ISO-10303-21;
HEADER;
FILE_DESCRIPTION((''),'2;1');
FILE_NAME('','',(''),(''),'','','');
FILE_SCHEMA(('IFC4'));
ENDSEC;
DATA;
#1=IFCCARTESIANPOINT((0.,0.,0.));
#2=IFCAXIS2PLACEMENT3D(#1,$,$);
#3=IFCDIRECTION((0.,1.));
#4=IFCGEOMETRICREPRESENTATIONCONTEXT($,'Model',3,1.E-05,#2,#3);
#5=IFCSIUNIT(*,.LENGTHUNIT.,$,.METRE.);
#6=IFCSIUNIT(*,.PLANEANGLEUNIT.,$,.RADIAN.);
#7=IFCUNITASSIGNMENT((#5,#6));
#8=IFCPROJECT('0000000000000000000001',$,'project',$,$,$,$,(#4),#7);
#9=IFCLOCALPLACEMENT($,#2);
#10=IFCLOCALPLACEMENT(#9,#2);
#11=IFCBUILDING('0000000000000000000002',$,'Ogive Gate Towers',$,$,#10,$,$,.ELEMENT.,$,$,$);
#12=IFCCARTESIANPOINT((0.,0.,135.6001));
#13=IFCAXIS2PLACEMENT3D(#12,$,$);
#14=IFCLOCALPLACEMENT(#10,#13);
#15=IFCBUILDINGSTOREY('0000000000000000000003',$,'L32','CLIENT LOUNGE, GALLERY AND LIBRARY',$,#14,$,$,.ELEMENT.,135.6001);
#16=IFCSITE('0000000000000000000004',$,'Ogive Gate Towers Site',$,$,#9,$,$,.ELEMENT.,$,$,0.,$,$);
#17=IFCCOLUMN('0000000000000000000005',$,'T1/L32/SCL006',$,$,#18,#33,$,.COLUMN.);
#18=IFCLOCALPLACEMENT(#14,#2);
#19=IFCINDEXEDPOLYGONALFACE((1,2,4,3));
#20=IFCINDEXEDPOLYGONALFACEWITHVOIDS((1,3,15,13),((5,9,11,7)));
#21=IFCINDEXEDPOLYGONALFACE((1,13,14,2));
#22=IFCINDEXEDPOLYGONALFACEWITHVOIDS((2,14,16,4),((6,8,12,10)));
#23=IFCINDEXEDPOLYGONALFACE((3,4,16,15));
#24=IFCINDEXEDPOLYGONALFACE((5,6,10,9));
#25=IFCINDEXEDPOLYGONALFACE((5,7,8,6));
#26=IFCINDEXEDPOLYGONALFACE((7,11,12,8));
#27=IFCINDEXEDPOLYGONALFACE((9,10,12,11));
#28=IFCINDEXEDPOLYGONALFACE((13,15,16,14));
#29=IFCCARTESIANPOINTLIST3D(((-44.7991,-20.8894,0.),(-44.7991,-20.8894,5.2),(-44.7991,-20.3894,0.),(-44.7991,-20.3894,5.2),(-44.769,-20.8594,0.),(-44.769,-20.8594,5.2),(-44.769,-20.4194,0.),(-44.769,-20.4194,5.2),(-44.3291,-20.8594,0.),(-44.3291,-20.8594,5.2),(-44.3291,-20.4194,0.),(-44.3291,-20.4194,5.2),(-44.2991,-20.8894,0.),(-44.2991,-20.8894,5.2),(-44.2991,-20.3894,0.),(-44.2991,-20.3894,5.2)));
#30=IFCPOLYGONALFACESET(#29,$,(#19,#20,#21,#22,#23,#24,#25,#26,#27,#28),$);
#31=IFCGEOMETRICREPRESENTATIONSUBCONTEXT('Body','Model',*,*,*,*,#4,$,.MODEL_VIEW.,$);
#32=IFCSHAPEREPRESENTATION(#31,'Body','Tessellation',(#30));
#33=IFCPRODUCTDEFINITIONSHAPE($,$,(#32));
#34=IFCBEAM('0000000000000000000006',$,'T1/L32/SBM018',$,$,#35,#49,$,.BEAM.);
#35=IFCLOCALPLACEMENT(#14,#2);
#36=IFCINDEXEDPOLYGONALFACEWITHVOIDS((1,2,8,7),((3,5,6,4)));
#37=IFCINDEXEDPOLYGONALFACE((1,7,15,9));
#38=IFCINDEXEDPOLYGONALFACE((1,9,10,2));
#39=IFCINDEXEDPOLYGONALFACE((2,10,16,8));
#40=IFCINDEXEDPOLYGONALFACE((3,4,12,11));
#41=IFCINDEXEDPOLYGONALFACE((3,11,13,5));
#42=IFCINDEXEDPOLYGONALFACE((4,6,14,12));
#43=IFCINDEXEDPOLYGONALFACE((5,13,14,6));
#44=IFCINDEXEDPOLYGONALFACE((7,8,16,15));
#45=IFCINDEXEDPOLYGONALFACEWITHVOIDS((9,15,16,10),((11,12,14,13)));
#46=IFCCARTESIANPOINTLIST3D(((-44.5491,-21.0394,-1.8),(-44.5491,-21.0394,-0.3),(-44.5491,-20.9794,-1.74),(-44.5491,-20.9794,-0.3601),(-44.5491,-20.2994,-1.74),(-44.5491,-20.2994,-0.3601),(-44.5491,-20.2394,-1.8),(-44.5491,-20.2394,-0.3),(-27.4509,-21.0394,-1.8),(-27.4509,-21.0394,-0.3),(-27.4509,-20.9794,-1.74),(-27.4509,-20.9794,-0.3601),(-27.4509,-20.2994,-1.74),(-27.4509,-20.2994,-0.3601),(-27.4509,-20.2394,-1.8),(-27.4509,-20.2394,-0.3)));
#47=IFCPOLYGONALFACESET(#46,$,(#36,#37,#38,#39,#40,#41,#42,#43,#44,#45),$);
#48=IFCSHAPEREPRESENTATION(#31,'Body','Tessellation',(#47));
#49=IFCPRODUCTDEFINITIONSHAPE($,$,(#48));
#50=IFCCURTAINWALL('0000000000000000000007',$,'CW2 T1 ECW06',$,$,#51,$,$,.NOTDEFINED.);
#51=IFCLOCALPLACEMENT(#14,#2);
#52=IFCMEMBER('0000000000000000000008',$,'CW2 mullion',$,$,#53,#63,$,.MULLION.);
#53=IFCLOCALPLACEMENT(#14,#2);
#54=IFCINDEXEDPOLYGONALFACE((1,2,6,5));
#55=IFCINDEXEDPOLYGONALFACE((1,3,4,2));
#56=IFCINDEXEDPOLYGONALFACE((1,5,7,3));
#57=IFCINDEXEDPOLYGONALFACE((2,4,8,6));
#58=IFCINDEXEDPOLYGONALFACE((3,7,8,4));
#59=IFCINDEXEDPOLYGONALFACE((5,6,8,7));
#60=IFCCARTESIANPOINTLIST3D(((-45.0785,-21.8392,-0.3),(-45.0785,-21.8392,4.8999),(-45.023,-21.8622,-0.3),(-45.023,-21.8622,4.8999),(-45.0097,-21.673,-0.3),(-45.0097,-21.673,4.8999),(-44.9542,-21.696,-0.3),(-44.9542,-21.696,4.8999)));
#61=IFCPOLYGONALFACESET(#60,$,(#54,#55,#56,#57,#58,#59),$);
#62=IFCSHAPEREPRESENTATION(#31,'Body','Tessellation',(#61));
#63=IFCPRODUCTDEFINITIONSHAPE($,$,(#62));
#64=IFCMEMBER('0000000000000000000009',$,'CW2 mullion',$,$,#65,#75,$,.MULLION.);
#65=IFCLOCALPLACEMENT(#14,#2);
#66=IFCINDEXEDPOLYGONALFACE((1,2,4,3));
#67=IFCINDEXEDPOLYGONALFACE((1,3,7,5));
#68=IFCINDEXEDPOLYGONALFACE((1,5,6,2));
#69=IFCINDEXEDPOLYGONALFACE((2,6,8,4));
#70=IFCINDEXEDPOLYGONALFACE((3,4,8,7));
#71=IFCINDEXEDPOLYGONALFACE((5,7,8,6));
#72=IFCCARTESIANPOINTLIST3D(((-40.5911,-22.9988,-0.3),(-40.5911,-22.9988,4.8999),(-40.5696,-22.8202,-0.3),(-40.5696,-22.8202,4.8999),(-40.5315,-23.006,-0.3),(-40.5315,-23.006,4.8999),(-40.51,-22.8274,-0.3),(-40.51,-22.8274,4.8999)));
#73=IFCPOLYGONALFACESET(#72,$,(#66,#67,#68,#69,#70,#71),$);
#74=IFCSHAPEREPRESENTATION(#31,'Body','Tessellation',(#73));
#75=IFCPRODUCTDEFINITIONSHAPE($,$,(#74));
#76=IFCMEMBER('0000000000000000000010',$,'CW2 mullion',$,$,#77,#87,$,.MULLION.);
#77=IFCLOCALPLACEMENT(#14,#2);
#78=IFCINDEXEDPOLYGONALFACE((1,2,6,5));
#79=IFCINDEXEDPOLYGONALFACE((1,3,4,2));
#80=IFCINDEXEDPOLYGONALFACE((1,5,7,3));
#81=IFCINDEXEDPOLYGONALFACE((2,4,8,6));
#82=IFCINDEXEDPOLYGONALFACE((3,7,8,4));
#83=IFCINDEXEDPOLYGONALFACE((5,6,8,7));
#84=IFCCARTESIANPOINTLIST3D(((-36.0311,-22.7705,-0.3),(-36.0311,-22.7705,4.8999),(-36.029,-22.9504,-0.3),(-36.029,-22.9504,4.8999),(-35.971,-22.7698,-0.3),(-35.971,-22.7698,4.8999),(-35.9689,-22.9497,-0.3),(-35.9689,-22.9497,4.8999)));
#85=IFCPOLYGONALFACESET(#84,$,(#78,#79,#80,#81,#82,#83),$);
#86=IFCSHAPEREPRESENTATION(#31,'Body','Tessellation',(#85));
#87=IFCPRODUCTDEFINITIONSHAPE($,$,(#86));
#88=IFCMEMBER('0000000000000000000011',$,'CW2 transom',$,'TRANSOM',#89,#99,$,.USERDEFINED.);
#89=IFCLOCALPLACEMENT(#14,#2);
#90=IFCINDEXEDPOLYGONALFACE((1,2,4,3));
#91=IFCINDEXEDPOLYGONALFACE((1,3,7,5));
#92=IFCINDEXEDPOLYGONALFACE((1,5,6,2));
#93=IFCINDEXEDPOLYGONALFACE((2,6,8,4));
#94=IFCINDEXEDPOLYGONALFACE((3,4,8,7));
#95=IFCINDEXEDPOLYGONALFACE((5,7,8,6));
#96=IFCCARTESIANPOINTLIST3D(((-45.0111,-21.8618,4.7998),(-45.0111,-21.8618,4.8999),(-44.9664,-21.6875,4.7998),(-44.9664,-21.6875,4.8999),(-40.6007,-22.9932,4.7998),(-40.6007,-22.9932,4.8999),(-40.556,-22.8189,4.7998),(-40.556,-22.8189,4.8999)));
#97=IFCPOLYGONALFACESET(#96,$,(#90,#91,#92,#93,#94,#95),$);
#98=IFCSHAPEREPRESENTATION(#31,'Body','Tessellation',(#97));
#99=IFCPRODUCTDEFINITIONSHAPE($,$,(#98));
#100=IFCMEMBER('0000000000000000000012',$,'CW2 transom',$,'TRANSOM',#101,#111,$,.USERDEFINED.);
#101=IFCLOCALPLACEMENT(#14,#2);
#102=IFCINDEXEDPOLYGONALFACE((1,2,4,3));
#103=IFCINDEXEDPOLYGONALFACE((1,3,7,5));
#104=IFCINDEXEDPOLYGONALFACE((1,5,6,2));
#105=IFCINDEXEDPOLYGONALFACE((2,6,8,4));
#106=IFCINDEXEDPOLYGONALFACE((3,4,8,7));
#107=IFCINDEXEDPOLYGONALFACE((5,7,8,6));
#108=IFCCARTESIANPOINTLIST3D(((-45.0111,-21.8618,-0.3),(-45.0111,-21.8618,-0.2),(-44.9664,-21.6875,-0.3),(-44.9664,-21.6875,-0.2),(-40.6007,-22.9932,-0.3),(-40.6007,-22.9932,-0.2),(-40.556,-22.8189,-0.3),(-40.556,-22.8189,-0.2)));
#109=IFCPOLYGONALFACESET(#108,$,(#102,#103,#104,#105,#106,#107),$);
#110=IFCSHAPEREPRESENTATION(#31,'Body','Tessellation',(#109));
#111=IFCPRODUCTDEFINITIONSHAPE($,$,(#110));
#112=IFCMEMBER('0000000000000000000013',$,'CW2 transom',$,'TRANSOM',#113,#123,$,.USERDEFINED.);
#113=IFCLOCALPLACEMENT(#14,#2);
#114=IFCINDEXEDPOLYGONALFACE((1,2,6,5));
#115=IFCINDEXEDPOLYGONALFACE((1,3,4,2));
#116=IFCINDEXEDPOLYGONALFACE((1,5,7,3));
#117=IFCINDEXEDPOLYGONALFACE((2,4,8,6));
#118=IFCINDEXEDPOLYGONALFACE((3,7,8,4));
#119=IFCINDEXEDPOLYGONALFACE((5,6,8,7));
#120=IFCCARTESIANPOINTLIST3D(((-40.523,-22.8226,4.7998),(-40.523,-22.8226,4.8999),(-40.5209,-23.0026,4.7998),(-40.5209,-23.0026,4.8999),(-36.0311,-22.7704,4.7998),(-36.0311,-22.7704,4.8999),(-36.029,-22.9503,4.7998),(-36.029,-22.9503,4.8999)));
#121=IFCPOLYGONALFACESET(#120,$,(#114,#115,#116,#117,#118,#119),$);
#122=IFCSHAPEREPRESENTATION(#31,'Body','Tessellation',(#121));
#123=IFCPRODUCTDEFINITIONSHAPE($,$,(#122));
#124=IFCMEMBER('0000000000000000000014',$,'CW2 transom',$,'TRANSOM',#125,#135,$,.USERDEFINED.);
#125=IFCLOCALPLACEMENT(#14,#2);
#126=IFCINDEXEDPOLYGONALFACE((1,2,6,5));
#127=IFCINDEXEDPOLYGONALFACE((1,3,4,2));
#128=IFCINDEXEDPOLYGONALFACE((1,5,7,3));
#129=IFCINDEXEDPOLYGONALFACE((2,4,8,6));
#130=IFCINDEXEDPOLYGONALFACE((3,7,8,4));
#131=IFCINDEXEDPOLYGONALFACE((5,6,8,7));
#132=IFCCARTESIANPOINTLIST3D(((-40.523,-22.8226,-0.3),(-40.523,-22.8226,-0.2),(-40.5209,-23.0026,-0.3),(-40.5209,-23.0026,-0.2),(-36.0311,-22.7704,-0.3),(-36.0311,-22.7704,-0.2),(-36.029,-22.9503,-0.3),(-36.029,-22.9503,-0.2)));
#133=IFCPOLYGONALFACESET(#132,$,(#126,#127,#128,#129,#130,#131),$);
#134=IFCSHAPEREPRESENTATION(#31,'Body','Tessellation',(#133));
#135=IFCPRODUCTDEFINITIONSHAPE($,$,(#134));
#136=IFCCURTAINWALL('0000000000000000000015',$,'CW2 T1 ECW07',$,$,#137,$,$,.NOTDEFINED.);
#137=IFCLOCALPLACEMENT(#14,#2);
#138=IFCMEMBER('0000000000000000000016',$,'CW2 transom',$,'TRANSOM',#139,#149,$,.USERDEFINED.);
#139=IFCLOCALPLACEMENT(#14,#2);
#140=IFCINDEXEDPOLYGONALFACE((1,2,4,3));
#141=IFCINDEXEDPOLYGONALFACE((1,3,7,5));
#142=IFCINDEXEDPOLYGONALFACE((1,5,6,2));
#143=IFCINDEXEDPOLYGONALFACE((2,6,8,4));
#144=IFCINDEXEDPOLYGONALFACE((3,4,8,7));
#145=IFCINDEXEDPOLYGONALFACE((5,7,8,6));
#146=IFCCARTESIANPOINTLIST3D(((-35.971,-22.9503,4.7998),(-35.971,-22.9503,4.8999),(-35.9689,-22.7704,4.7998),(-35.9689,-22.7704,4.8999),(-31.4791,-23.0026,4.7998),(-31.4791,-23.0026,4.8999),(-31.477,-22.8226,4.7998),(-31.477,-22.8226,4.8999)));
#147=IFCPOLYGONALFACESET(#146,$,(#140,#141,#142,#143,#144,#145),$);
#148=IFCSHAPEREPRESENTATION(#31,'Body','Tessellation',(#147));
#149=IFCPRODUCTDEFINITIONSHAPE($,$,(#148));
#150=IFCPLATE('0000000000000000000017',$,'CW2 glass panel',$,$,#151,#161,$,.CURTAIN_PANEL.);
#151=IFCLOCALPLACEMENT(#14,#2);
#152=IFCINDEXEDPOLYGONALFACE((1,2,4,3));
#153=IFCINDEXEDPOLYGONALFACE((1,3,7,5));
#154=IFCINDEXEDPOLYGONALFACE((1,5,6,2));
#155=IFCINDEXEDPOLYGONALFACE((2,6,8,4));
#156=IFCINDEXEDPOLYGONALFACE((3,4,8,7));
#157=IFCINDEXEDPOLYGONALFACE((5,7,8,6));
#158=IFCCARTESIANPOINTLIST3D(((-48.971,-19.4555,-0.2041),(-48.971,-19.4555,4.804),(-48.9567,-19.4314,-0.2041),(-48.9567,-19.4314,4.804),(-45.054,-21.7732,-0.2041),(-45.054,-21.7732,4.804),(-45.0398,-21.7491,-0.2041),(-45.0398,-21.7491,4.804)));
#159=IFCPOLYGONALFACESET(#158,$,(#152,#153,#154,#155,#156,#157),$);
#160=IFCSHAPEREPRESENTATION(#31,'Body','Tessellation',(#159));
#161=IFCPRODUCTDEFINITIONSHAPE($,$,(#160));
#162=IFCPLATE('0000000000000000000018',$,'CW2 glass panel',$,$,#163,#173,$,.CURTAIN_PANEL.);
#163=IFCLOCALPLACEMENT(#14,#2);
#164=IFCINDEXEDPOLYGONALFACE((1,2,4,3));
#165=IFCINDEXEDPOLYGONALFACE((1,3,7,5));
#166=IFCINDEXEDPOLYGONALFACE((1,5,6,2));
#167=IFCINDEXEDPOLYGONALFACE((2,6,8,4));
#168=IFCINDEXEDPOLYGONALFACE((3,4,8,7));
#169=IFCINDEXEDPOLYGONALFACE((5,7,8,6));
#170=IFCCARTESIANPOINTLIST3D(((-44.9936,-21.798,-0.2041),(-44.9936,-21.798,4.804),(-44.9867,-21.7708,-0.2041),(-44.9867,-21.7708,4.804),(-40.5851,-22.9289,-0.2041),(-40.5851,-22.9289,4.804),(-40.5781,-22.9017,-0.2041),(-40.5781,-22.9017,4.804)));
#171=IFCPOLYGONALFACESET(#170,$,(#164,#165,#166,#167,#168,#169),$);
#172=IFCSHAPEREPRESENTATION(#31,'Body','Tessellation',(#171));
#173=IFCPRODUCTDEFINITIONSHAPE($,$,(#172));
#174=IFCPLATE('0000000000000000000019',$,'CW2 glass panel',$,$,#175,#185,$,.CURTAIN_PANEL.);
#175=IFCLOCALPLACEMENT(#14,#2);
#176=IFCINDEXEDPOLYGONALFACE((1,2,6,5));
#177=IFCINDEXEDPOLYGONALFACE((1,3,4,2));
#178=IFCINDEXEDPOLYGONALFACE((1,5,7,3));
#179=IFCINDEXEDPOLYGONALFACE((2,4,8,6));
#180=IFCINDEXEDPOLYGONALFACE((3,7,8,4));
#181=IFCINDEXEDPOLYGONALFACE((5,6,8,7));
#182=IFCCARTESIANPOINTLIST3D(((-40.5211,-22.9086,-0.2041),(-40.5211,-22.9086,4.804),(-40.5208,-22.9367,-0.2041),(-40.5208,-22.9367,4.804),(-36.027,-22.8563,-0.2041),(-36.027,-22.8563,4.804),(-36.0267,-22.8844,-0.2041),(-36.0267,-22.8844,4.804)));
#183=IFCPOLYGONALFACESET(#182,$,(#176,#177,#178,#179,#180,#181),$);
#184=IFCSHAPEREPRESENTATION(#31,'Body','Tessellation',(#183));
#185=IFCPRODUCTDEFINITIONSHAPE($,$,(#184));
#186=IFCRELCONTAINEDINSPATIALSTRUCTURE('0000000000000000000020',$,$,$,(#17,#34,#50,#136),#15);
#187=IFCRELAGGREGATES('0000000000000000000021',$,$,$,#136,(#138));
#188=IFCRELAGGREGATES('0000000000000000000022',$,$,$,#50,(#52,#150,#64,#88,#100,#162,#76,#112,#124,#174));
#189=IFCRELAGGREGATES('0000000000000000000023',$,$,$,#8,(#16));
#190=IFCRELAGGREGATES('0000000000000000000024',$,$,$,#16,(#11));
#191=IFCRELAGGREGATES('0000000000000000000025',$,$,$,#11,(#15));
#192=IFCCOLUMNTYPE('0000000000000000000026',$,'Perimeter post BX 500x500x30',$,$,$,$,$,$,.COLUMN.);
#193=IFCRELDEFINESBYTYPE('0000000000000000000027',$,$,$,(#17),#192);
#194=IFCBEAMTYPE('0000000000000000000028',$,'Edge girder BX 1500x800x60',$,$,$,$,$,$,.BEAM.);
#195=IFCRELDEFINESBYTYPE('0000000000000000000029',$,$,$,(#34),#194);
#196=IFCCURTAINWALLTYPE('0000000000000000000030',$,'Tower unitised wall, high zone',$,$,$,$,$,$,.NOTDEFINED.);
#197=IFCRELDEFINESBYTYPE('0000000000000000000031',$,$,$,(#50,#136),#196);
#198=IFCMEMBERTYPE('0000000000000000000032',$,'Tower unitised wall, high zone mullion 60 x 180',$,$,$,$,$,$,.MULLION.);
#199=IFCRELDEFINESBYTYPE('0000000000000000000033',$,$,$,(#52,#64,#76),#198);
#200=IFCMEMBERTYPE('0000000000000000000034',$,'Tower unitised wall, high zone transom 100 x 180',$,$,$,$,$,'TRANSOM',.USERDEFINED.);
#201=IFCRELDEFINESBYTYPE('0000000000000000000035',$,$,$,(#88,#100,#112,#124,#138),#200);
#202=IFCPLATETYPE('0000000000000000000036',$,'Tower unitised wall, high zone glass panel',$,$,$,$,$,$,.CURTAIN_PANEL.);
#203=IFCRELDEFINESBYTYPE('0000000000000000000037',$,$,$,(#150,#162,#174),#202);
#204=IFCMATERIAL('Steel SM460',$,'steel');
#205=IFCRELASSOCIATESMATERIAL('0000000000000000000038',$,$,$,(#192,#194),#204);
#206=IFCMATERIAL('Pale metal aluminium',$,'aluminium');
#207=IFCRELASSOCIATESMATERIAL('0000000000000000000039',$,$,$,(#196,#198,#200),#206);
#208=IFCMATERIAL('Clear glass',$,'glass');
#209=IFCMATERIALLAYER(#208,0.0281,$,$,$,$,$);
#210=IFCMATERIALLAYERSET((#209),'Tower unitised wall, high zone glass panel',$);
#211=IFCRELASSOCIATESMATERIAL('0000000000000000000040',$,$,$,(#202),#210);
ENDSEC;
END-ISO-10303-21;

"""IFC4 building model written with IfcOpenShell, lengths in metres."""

from ifc_helpers import new_model, si_unit, direction, frame, origin, origin_2d, place, context, subcontext, project, spatial, rectangle, hollow_rectangle, extrude, material, layer, layer_set, material_profile, profile_set, type_object, element, aggregate, save


model = new_model("IFC4")

# Units and contexts
model_context = context("Model", 3, precision=1e-05, world=origin(), true_north=direction((0.0, 1.0)))
body_context = subcontext(model_context, "Body", "Model", "MODEL_VIEW")
ifc_project = project(units=[si_unit("LENGTHUNIT", "METRE"), si_unit("PLANEANGLEUNIT", "RADIAN")], contexts=[model_context])

# Site, building, storey
site_placement = place(None, origin())
site = spatial("IfcSite", under=ifc_project, at=site_placement, Name="Ogive Gate Towers Site", CompositionType="ELEMENT", RefElevation=0.0)
building_placement = place(site_placement, origin())
building = spatial("IfcBuilding", under=site, at=building_placement, Name="Ogive Gate Towers", CompositionType="ELEMENT")
storey_placement = place(building_placement, frame((0.0, 0.0, 135.6001)))
storey = spatial("IfcBuildingStorey", under=building, at=storey_placement, Name="L32", Description="CLIENT LOUNGE, GALLERY AND LIBRARY", CompositionType="ELEMENT", Elevation=135.6001)

# Column
ifc_material_1 = material(Name="Steel SM460", Category="steel")
ifc_material_profile_1 = material_profile(ifc_material_1, hollow_rectangle(XDim=0.5, YDim=0.5, WallThickness=0.03, at=origin_2d()), Name="BX 500x500x30")
ifc_profile_set_1 = profile_set([ifc_material_profile_1], Name="Steel SM460")
column_type = type_object("IfcColumnType", Name="Perimeter post BX 500x500x30", PredefinedType="COLUMN", material=ifc_profile_set_1)
column_placement = place(storey_placement, frame((-44.5491, -20.6394, 0.0), z_axis=(0.0, 0.0, 1.0), x_axis=(1.0, 0.0, 0.0)))
element("IfcColumn", 1, at=column_placement, inside=storey, type_object=column_type, Name="T1/L32/SCL006", PredefinedType="COLUMN", context=body_context, shape_type="SweptSolid", body=[
    extrude(hollow_rectangle(XDim=0.5, YDim=0.5, WallThickness=0.03, at=origin_2d()), origin(), (0.0, 0.0, 1.0), 5.2),
])

# Beam
ifc_material_profile_2 = material_profile(ifc_material_1, hollow_rectangle(XDim=0.8, YDim=1.5, WallThickness=0.0601, at=origin_2d()), Name="BX 1500x800x60")
ifc_profile_set_2 = profile_set([ifc_material_profile_2], Name="Steel SM460")
beam_type = type_object("IfcBeamType", Name="Edge girder BX 1500x800x60", PredefinedType="BEAM", material=ifc_profile_set_2)
beam_placement = place(storey_placement, frame((-44.5491, -20.6394, -1.05), z_axis=(1.0, 0.0, 0.0), x_axis=(0.0, 1.0, 0.0)))
element("IfcBeam", 2, at=beam_placement, inside=storey, type_object=beam_type, Name="T1/L32/SBM018", PredefinedType="BEAM", context=body_context, shape_type="SweptSolid", body=[
    extrude(hollow_rectangle(XDim=0.8, YDim=1.5, WallThickness=0.0601, at=origin_2d()), origin(), (0.0, 0.0, 1.0), 17.0981),
])

# Curtain wall, members
ifc_material_2 = material(Name="Pale metal aluminium", Category="aluminium")
curtain_wall_type = type_object("IfcCurtainWallType", Name="Tower unitised wall, high zone", PredefinedType="NOTDEFINED", material=ifc_material_2)
curtain_wall_1_placement = place(storey_placement, origin())
curtain_wall_1 = element("IfcCurtainWall", 3, at=curtain_wall_1_placement, inside=storey, type_object=curtain_wall_type, Name="CW2 T1 ECW06", PredefinedType="NOTDEFINED")
ifc_material_profile_3 = material_profile(ifc_material_2, rectangle(XDim=0.1799, YDim=0.0601, at=origin_2d()), Name="60 x 180 aluminium box")
ifc_profile_set_3 = profile_set([ifc_material_profile_3], Name="Pale metal aluminium")
member_type_1 = type_object("IfcMemberType", Name="Tower unitised wall, high zone mullion 60 x 180", PredefinedType="MULLION", material=ifc_profile_set_3)
member_1_placement = place(storey_placement, frame((-45.0164, -21.7676, -0.3), z_axis=(0.0, 0.0, 1.0), x_axis=(-0.382683, -0.92388, 0.0)))
member_1 = element("IfcMember", 4, at=member_1_placement, type_object=member_type_1, Name="CW2 mullion", PredefinedType="MULLION", context=body_context, shape_type="SweptSolid", body=[
    extrude(rectangle(XDim=0.1799, YDim=0.0601, at=origin_2d()), origin(), (0.0, 0.0, 1.0), 5.2),
])
member_2_placement = place(storey_placement, frame((-40.5505, -22.9131, -0.3), z_axis=(0.0, 0.0, 1.0), x_axis=(-0.119444, -0.992841, 0.0)))
member_2 = element("IfcMember", 5, at=member_2_placement, type_object=member_type_1, Name="CW2 mullion", PredefinedType="MULLION", context=body_context, shape_type="SweptSolid", body=[
    extrude(rectangle(XDim=0.1799, YDim=0.0601, at=origin_2d()), origin(), (0.0, 0.0, 1.0), 5.2),
])
member_3_placement = place(storey_placement, frame((-36.0, -22.8601, -0.3), z_axis=(0.0, 0.0, 1.0), x_axis=(0.011641, -0.999932, 0.0)))
member_3 = element("IfcMember", 6, at=member_3_placement, type_object=member_type_1, Name="CW2 mullion", PredefinedType="MULLION", context=body_context, shape_type="SweptSolid", body=[
    extrude(rectangle(XDim=0.1799, YDim=0.0601, at=origin_2d()), origin(), (0.0, 0.0, 1.0), 5.2),
])
ifc_material_profile_4 = material_profile(ifc_material_2, rectangle(XDim=0.1799, YDim=0.1001, at=origin_2d()), Name="100 x 180 aluminium box")
ifc_profile_set_4 = profile_set([ifc_material_profile_4], Name="Pale metal aluminium")
member_type_2 = type_object("IfcMemberType", Name="Tower unitised wall, high zone transom 100 x 180", ElementType="TRANSOM", PredefinedType="USERDEFINED", material=ifc_profile_set_4)
member_4_placement = place(storey_placement, frame((-44.9888, -21.7747, 4.8499), z_axis=(0.968639, -0.248473, 0.0), x_axis=(0.248473, 0.968639, 0.0)))
member_4 = element("IfcMember", 7, at=member_4_placement, type_object=member_type_2, Name="CW2 transom", ObjectType="TRANSOM", PredefinedType="USERDEFINED", context=body_context, shape_type="SweptSolid", body=[
    extrude(rectangle(XDim=0.1799, YDim=0.1001, at=origin_2d()), origin(), (0.0, 0.0, 1.0), 4.5532),
])
member_5_placement = place(storey_placement, frame((-44.9888, -21.7747, -0.25), z_axis=(0.968639, -0.248473, 0.0), x_axis=(0.248473, 0.968639, 0.0)))
member_5 = element("IfcMember", 8, at=member_5_placement, type_object=member_type_2, Name="CW2 transom", ObjectType="TRANSOM", PredefinedType="USERDEFINED", context=body_context, shape_type="SweptSolid", body=[
    extrude(rectangle(XDim=0.1799, YDim=0.1001, at=origin_2d()), origin(), (0.0, 0.0, 1.0), 4.5532),
])
member_6_placement = place(storey_placement, frame((-40.522, -22.9126, 4.8499), z_axis=(0.999932, 0.01163, 0.0), x_axis=(-0.01163, 0.999932, 0.0)))
member_6 = element("IfcMember", 9, at=member_6_placement, type_object=member_type_2, Name="CW2 transom", ObjectType="TRANSOM", PredefinedType="USERDEFINED", context=body_context, shape_type="SweptSolid", body=[
    extrude(rectangle(XDim=0.1799, YDim=0.1001, at=origin_2d()), origin(), (0.0, 0.0, 1.0), 4.4922),
])
member_7_placement = place(storey_placement, frame((-40.522, -22.9126, -0.25), z_axis=(0.999932, 0.01163, 0.0), x_axis=(-0.01163, 0.999932, 0.0)))
member_7 = element("IfcMember", 10, at=member_7_placement, type_object=member_type_2, Name="CW2 transom", ObjectType="TRANSOM", PredefinedType="USERDEFINED", context=body_context, shape_type="SweptSolid", body=[
    extrude(rectangle(XDim=0.1799, YDim=0.1001, at=origin_2d()), origin(), (0.0, 0.0, 1.0), 4.4922),
])

# Curtain wall, member
curtain_wall_2_placement = place(storey_placement, origin())
curtain_wall_2 = element("IfcCurtainWall", 11, at=curtain_wall_2_placement, inside=storey, type_object=curtain_wall_type, Name="CW2 T1 ECW07", PredefinedType="NOTDEFINED")
member_8_placement = place(storey_placement, frame((-35.97, -22.8604, 4.8499), z_axis=(0.999932, -0.01163, 0.0), x_axis=(0.01163, 0.999932, 0.0)))
member_8 = element("IfcMember", 12, at=member_8_placement, type_object=member_type_2, Name="CW2 transom", ObjectType="TRANSOM", PredefinedType="USERDEFINED", context=body_context, shape_type="SweptSolid", body=[
    extrude(rectangle(XDim=0.1799, YDim=0.1001, at=origin_2d()), origin(), (0.0, 0.0, 1.0), 4.4922),
])
aggregate(curtain_wall_2, [member_8])

# Plates
ifc_material_3 = material(Name="Clear glass", Category="glass")
ifc_layer_1 = layer(ifc_material_3, 0.0281)
ifc_layer_set_1 = layer_set([ifc_layer_1], Name="Tower unitised wall, high zone glass panel")
plate_type = type_object("IfcPlateType", Name="Tower unitised wall, high zone glass panel", PredefinedType="CURTAIN_PANEL", material=ifc_layer_set_1)
plate_1_placement = place(storey_placement, frame((-47.0054, -20.6023, -0.2041), z_axis=(0.0, 0.0, 1.0), x_axis=(0.860627, -0.509237, 0.0)))
plate_1 = element("IfcPlate", 13, at=plate_1_placement, type_object=plate_type, Name="CW2 glass panel", PredefinedType="CURTAIN_PANEL", context=body_context, shape_type="SweptSolid", body=[
    extrude(rectangle(XDim=4.5513, YDim=0.0281, at=origin_2d()), origin(), (0.0, 0.0, 1.0), 5.0081),
])
plate_2_placement = place(storey_placement, frame((-42.7859, -22.3499, -0.2041), z_axis=(0.0, 0.0, 1.0), x_axis=(0.96864, -0.24847, 0.0)))
plate_2 = element("IfcPlate", 14, at=plate_2_placement, type_object=plate_type, Name="CW2 glass panel", PredefinedType="CURTAIN_PANEL", context=body_context, shape_type="SweptSolid", body=[
    extrude(rectangle(XDim=4.5513, YDim=0.0281, at=origin_2d()), origin(), (0.0, 0.0, 1.0), 5.0081),
])
plate_3_placement = place(storey_placement, frame((-38.2739, -22.8965, -0.2041), z_axis=(0.0, 0.0, 1.0), x_axis=(0.999932, 0.011641, 0.0)))
plate_3 = element("IfcPlate", 15, at=plate_3_placement, type_object=plate_type, Name="CW2 glass panel", PredefinedType="CURTAIN_PANEL", context=body_context, shape_type="SweptSolid", body=[
    extrude(rectangle(XDim=4.4944, YDim=0.0281, at=origin_2d()), origin(), (0.0, 0.0, 1.0), 5.0081),
])
aggregate(curtain_wall_1, [member_1, plate_1, member_2, member_4, member_5, plate_2, member_3, member_6, member_7, plate_3])

save(model, "model.ifc")
